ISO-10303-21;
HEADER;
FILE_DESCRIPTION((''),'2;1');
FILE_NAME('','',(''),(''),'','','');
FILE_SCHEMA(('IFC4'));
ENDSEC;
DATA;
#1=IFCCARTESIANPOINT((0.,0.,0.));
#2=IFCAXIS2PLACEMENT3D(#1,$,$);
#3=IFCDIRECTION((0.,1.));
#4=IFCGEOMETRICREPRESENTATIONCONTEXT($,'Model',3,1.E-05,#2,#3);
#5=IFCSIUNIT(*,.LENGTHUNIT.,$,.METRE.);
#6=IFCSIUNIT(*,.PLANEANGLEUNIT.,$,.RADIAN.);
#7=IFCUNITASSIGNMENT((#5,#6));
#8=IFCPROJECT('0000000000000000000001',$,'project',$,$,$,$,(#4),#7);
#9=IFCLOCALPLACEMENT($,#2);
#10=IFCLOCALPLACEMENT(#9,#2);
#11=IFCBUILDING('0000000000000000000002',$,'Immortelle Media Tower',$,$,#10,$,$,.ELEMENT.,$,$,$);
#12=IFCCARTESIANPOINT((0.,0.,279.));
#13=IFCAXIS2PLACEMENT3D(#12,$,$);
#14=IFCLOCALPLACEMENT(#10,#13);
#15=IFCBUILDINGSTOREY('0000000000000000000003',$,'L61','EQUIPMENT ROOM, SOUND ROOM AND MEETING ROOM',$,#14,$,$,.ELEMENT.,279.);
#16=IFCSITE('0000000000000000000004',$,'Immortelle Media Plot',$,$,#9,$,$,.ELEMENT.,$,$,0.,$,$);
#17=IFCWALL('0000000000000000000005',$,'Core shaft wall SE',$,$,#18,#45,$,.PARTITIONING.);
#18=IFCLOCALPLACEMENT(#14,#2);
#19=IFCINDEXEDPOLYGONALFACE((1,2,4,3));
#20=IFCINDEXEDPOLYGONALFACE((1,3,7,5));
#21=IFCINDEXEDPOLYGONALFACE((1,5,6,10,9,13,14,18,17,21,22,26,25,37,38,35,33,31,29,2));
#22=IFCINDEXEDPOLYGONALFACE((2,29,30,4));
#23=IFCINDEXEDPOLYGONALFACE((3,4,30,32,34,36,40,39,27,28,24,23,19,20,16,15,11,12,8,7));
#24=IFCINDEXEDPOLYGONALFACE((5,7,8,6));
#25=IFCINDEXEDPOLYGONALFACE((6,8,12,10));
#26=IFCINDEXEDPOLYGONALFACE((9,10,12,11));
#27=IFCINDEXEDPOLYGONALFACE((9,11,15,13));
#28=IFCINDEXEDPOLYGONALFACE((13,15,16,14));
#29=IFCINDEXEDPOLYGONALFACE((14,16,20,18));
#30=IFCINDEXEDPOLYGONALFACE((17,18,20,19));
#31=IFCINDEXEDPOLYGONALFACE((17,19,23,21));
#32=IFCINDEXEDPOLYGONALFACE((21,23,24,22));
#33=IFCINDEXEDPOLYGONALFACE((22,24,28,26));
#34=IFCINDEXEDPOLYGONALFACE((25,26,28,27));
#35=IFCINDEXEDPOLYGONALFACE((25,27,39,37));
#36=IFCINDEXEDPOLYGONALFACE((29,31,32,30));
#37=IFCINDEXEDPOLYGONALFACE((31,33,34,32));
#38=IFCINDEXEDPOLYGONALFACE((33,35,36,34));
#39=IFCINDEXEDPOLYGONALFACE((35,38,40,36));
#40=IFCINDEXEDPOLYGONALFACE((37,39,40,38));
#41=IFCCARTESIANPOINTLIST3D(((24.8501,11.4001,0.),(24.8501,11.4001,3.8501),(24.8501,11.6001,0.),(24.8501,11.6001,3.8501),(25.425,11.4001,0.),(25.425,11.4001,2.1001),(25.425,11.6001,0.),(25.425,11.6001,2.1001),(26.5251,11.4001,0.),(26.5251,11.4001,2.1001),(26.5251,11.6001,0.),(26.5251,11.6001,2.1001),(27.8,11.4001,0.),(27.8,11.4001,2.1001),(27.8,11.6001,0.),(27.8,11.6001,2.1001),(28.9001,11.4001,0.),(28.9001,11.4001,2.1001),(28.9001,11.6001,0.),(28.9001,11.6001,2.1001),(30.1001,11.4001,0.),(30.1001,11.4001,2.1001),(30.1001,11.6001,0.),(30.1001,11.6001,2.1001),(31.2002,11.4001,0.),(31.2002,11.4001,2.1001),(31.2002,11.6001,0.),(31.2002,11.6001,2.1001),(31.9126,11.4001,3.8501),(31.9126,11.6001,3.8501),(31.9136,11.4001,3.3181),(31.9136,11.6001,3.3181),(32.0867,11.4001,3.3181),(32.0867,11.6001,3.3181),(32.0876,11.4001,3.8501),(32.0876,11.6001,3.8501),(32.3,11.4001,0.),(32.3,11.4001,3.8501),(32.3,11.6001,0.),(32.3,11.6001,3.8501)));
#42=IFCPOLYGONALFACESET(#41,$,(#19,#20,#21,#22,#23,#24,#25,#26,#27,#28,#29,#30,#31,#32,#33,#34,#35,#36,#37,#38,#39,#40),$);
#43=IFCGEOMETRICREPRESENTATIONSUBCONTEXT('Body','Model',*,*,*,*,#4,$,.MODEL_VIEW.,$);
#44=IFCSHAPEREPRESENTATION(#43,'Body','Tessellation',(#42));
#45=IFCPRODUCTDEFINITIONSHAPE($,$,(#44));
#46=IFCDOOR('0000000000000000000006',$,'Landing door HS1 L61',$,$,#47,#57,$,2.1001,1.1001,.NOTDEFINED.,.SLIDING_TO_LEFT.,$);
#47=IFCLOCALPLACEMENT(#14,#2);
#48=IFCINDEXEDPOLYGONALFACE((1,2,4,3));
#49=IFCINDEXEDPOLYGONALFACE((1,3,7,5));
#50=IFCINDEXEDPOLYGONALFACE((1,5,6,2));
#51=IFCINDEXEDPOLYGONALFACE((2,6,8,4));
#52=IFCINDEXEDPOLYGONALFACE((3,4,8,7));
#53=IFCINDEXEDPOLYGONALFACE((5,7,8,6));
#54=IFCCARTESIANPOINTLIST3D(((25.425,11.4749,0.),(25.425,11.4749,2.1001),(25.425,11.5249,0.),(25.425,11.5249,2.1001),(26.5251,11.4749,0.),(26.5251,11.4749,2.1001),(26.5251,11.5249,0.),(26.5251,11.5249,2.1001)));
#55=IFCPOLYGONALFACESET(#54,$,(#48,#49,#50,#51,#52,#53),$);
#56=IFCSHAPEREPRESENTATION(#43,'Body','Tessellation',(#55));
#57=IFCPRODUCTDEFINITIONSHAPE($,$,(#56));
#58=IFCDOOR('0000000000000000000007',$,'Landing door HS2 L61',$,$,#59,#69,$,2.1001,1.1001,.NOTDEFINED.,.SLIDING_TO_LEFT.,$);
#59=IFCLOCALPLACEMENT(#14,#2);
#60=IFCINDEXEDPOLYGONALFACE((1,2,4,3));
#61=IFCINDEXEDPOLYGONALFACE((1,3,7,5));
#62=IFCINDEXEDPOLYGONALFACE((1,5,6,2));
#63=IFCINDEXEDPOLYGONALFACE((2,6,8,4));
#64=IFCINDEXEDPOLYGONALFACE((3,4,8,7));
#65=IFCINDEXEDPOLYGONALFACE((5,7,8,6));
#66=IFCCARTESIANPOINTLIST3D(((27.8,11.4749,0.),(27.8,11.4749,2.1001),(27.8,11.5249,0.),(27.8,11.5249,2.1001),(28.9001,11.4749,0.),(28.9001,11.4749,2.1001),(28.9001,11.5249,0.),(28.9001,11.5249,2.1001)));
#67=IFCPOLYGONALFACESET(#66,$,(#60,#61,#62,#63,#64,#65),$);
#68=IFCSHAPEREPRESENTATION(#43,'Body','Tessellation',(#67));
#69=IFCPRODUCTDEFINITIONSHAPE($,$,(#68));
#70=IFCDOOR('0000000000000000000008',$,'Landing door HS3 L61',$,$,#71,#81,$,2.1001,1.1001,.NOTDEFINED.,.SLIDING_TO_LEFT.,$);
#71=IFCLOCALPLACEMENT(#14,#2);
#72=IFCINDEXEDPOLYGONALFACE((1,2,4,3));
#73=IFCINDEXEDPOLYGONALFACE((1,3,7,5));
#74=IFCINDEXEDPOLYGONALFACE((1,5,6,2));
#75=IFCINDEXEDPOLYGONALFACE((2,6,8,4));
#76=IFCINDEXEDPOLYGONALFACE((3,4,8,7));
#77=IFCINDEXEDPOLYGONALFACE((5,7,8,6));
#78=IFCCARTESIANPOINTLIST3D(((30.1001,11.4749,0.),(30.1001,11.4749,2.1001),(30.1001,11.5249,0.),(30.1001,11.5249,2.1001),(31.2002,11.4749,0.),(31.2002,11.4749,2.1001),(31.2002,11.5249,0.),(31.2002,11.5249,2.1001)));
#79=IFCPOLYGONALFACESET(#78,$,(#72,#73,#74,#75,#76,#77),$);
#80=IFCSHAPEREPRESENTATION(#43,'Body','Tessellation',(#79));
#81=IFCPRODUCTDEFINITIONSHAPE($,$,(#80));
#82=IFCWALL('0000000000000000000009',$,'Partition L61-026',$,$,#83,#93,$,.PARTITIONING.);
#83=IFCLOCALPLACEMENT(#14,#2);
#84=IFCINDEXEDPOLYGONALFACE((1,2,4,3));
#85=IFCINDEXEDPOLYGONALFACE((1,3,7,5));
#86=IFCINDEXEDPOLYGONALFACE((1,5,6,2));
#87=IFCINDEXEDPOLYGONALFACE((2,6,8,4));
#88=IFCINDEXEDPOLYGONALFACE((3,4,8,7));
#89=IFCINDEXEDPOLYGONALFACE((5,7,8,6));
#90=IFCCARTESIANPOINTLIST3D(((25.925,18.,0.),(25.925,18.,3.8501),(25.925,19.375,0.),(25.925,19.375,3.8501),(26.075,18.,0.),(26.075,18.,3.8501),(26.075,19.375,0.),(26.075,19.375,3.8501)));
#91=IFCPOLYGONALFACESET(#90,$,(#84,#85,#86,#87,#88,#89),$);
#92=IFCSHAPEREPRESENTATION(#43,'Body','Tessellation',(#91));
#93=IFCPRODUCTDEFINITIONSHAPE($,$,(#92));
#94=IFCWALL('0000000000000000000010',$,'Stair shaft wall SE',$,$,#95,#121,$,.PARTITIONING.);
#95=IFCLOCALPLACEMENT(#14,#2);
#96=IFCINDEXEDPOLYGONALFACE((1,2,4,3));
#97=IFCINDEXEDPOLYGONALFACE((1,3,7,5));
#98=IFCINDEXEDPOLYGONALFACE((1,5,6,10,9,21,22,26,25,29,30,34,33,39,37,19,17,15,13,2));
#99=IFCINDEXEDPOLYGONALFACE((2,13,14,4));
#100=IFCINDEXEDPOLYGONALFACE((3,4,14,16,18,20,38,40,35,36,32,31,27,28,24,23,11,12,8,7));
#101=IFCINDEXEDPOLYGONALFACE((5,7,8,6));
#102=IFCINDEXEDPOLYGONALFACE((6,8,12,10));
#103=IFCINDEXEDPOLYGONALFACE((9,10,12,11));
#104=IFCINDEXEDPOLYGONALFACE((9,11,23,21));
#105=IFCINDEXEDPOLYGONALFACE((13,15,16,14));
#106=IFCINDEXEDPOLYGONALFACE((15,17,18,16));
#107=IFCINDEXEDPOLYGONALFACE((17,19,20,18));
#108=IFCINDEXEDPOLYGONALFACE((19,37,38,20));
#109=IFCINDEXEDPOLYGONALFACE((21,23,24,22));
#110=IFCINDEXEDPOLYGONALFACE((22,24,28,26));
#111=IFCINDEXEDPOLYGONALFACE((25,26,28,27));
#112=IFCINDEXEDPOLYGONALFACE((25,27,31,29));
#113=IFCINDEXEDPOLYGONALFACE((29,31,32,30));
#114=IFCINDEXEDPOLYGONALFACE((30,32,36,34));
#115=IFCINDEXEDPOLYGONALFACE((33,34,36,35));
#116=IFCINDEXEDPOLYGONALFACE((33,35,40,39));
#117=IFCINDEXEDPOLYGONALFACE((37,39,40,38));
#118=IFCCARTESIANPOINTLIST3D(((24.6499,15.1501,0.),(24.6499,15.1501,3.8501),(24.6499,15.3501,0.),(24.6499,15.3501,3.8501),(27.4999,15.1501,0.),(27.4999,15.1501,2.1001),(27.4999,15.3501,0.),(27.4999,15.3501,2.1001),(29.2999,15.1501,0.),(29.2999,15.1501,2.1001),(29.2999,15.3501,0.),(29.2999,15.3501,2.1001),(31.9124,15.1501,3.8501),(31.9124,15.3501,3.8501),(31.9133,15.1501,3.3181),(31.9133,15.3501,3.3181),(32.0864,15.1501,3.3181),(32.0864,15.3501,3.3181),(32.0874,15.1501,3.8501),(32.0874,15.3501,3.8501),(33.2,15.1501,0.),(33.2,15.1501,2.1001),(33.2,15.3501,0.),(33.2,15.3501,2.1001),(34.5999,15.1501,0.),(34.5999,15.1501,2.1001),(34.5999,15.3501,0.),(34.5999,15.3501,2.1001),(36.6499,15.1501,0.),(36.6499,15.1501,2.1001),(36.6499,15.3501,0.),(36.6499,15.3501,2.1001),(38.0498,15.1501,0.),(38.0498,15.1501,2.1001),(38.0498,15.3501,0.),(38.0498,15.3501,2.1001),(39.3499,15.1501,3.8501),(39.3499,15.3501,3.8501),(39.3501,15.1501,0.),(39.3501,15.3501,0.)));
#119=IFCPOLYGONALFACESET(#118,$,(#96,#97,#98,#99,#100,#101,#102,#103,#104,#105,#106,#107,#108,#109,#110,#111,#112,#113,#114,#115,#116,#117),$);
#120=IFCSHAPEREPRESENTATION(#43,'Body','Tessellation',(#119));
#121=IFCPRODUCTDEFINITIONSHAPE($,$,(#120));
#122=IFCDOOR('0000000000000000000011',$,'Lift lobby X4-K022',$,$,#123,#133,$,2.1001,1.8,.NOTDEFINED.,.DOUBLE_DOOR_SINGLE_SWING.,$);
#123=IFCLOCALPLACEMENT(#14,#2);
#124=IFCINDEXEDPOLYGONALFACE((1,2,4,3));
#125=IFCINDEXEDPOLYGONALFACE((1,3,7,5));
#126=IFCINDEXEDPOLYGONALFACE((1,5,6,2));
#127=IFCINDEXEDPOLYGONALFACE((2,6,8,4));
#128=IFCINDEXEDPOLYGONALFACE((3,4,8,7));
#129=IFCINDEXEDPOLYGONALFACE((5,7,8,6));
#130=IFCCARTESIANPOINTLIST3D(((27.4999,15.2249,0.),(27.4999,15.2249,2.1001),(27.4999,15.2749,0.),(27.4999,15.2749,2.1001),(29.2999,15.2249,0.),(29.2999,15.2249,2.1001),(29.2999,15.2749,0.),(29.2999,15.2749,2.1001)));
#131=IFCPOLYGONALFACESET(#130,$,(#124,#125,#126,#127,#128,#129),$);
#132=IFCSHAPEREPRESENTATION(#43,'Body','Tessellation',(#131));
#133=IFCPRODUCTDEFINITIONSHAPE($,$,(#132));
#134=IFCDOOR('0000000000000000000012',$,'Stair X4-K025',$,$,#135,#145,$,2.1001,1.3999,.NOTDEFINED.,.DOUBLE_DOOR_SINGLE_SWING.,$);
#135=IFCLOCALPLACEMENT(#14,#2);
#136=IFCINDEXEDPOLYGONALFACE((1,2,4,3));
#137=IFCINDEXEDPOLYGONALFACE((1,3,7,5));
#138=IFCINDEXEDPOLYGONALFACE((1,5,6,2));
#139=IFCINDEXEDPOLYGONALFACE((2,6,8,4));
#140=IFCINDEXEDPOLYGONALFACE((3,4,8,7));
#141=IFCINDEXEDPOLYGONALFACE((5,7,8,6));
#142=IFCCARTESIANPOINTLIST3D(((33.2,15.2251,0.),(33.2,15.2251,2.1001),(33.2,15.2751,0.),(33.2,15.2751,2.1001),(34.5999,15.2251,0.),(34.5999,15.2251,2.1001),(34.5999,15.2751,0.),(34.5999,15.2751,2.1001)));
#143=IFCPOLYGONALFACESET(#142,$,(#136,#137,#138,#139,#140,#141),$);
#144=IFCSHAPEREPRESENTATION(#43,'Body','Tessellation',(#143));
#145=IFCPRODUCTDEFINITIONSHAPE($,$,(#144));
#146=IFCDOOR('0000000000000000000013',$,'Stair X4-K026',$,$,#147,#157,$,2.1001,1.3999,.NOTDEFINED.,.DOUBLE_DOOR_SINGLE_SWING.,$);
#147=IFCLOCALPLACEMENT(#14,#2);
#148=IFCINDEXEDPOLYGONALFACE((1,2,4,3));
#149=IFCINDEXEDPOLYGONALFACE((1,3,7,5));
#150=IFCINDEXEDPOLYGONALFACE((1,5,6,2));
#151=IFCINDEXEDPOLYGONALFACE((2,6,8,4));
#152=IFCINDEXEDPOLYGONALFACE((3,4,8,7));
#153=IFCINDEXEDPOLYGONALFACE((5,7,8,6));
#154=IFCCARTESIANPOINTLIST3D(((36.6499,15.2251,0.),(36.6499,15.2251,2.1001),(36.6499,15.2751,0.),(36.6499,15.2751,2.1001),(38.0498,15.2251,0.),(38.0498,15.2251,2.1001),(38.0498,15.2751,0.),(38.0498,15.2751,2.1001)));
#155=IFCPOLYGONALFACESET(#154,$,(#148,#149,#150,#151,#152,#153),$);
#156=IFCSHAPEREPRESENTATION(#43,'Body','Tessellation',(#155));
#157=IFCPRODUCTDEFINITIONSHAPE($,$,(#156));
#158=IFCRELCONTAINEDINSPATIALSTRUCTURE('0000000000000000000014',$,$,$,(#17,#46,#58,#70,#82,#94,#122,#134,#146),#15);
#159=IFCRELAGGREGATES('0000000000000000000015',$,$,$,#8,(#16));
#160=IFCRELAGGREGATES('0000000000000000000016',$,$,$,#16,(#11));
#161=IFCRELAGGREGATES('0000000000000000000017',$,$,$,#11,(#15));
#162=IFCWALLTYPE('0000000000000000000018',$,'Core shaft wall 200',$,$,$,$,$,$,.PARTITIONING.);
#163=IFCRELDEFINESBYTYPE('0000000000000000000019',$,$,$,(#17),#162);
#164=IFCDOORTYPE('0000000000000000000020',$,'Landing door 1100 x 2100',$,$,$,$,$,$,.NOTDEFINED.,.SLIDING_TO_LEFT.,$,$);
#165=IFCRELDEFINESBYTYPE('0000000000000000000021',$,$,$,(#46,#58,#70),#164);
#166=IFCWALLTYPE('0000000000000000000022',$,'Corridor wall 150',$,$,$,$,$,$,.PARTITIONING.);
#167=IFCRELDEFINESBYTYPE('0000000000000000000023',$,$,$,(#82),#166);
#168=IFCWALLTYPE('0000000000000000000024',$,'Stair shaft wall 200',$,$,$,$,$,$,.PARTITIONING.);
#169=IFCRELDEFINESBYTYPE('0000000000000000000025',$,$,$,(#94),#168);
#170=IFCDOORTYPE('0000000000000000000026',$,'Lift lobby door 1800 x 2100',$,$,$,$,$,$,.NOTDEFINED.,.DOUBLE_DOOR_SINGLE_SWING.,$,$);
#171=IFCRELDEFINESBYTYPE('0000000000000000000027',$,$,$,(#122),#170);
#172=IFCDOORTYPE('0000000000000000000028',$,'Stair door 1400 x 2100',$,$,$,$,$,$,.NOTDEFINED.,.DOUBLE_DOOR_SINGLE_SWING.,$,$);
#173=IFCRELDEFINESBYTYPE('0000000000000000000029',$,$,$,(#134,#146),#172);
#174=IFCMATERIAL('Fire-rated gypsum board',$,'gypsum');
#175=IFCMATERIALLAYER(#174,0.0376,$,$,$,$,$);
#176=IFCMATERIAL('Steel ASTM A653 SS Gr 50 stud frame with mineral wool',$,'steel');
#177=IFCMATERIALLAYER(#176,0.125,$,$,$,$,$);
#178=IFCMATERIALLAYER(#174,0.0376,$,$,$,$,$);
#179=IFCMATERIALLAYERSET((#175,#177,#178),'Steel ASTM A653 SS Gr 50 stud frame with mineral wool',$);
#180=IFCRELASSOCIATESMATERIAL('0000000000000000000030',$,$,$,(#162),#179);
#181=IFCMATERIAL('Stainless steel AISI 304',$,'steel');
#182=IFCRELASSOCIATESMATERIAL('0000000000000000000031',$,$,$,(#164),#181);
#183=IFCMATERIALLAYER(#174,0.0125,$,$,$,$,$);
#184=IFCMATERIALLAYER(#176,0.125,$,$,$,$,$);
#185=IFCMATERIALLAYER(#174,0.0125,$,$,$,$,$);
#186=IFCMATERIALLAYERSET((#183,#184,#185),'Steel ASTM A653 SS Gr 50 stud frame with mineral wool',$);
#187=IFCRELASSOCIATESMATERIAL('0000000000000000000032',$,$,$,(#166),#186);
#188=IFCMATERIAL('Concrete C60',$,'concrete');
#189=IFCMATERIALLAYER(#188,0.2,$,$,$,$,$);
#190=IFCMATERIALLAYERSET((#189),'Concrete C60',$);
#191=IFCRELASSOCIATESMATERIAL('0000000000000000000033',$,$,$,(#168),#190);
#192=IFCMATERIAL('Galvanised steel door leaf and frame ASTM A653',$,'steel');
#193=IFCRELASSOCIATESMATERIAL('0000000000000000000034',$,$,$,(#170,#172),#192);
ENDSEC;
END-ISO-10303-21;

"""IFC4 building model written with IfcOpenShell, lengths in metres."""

from ifc_helpers import new_model, si_unit, direction, frame, frame_2d, origin, place, context, subcontext, project, spatial, polyline, rectangle, outline, extrude, material, layer, layer_set, type_object, element, fill, save


model = new_model("IFC4")

# Units and contexts
model_context = context("Model", 3, precision=1e-05, world=origin(), true_north=direction((0.0, 1.0)))
body_context = subcontext(model_context, "Body", "Model", "MODEL_VIEW")
ifc_project = project(units=[si_unit("LENGTHUNIT", "METRE"), si_unit("PLANEANGLEUNIT", "RADIAN")], contexts=[model_context])

# Site, building, storey
site_placement = place(None, origin())
site = spatial("IfcSite", under=ifc_project, at=site_placement, Name="Immortelle Media Plot", CompositionType="ELEMENT", RefElevation=0.0)
building_placement = place(site_placement, origin())
building = spatial("IfcBuilding", under=site, at=building_placement, Name="Immortelle Media Tower", CompositionType="ELEMENT")
storey_placement = place(building_placement, frame((0.0, 0.0, 279.0)))
storey = spatial("IfcBuildingStorey", under=building, at=storey_placement, Name="L61", Description="EQUIPMENT ROOM, SOUND ROOM AND MEETING ROOM", CompositionType="ELEMENT", Elevation=279.0)

# Shared definitions
ifc_material_1 = material(Name="Fire-rated gypsum board", Category="gypsum")
ifc_material_2 = material(Name="Steel ASTM A653 SS Gr 50 stud frame with mineral wool", Category="steel")

# Shared definitions
ifc_material_3 = material(Name="Galvanised steel door leaf and frame ASTM A653", Category="steel")

# Shared definitions
ifc_layer_1 = layer(ifc_material_1, 0.0376)
ifc_layer_2 = layer(ifc_material_2, 0.125)
ifc_layer_3 = layer(ifc_material_1, 0.0376)
ifc_layer_set_1 = layer_set([ifc_layer_1, ifc_layer_2, ifc_layer_3], Name="Steel ASTM A653 SS Gr 50 stud frame with mineral wool")
wall_type_1 = type_object("IfcWallType", Name="Core shaft wall 200", PredefinedType="PARTITIONING", material=ifc_layer_set_1)

# Wall, openings, doors
wall_1_placement = place(storey_placement, frame((24.8501, 11.5, 0.0), z_axis=(0.0, 0.0, 1.0), x_axis=(1.0, 0.0, 0.0)))
wall_1 = element("IfcWall", 1, at=wall_1_placement, inside=storey, type_object=wall_type_1, Name="Core shaft wall SE", PredefinedType="PARTITIONING", context=body_context, shape_type="SweptSolid", body=[
    extrude(outline(polyline([(0.0, 0.0), (7.45, 0.0), (7.45, 3.8501), (7.2375, 3.8501), (7.2366, 3.3181), (7.0635, 3.3181), (7.0625, 3.8501), (0.0, 3.8501), (0.0, 0.0)])), frame((0.0, 0.1001, 0.0), z_axis=(0.0, -1.0, 0.0), x_axis=(1.0, 0.0, 0.0)), (0.0, 0.0, 1.0), 0.2),
])
opening_1_placement = place(wall_1_placement, frame((0.575, 0.0, 0.0)))
opening_1 = element("IfcOpeningElement", 2, at=opening_1_placement, cuts=wall_1, PredefinedType="OPENING", context=body_context, shape_type="SweptSolid", body=[
    extrude(rectangle(XDim=1.1001, YDim=2.1001, at=frame_2d((0.55, 1.05))), frame((0.0, 0.1099, 0.0), z_axis=(0.0, -1.0, 0.0), x_axis=(1.0, 0.0, 0.0)), (0.0, 0.0, 1.0), 0.22),
])
opening_2_placement = place(wall_1_placement, frame((2.95, 0.0, 0.0)))
opening_2 = element("IfcOpeningElement", 3, at=opening_2_placement, cuts=wall_1, PredefinedType="OPENING", context=body_context, shape_type="SweptSolid", body=[
    extrude(rectangle(XDim=1.1001, YDim=2.1001, at=frame_2d((0.55, 1.05))), frame((0.0, 0.1099, 0.0), z_axis=(0.0, -1.0, 0.0), x_axis=(1.0, 0.0, 0.0)), (0.0, 0.0, 1.0), 0.22),
])
opening_3_placement = place(wall_1_placement, frame((5.25, 0.0, 0.0)))
opening_3 = element("IfcOpeningElement", 4, at=opening_3_placement, cuts=wall_1, PredefinedType="OPENING", context=body_context, shape_type="SweptSolid", body=[
    extrude(rectangle(XDim=1.1001, YDim=2.1001, at=frame_2d((0.55, 1.05))), frame((0.0, 0.1099, 0.0), z_axis=(0.0, -1.0, 0.0), x_axis=(1.0, 0.0, 0.0)), (0.0, 0.0, 1.0), 0.22),
])
ifc_material_4 = material(Name="Stainless steel AISI 304", Category="steel")
door_type_1 = type_object("IfcDoorType", Name="Landing door 1100 x 2100", OperationType="SLIDING_TO_LEFT", PredefinedType="NOTDEFINED", material=ifc_material_4)
door_1_placement = place(opening_1_placement, origin())
door_1 = element("IfcDoor", 5, at=door_1_placement, inside=storey, type_object=door_type_1, Name="Landing door HS1 L61", OperationType="SLIDING_TO_LEFT", OverallHeight=2.1001, OverallWidth=1.1001, PredefinedType="NOTDEFINED", context=body_context, shape_type="SweptSolid", body=[
    extrude(rectangle(XDim=1.1001, YDim=2.1001, at=frame_2d((0.55, 1.05))), frame((0.0, 0.0249, 0.0), z_axis=(0.0, -1.0, 0.0), x_axis=(1.0, 0.0, 0.0)), (0.0, 0.0, 1.0), 0.05),
])
fill(opening_1, door_1)
door_2_placement = place(opening_2_placement, origin())
door_2 = element("IfcDoor", 6, at=door_2_placement, inside=storey, type_object=door_type_1, Name="Landing door HS2 L61", OperationType="SLIDING_TO_LEFT", OverallHeight=2.1001, OverallWidth=1.1001, PredefinedType="NOTDEFINED", context=body_context, shape_type="SweptSolid", body=[
    extrude(rectangle(XDim=1.1001, YDim=2.1001, at=frame_2d((0.55, 1.05))), frame((0.0, 0.0249, 0.0), z_axis=(0.0, -1.0, 0.0), x_axis=(1.0, 0.0, 0.0)), (0.0, 0.0, 1.0), 0.05),
])
fill(opening_2, door_2)
door_3_placement = place(opening_3_placement, origin())
door_3 = element("IfcDoor", 7, at=door_3_placement, inside=storey, type_object=door_type_1, Name="Landing door HS3 L61", OperationType="SLIDING_TO_LEFT", OverallHeight=2.1001, OverallWidth=1.1001, PredefinedType="NOTDEFINED", context=body_context, shape_type="SweptSolid", body=[
    extrude(rectangle(XDim=1.1001, YDim=2.1001, at=frame_2d((0.55, 1.05))), frame((0.0, 0.0249, 0.0), z_axis=(0.0, -1.0, 0.0), x_axis=(1.0, 0.0, 0.0)), (0.0, 0.0, 1.0), 0.05),
])
fill(opening_3, door_3)

# Wall
ifc_layer_4 = layer(ifc_material_1, 0.0125)
ifc_layer_5 = layer(ifc_material_2, 0.125)
ifc_layer_6 = layer(ifc_material_1, 0.0125)
ifc_layer_set_2 = layer_set([ifc_layer_4, ifc_layer_5, ifc_layer_6], Name="Steel ASTM A653 SS Gr 50 stud frame with mineral wool")
wall_type_2 = type_object("IfcWallType", Name="Corridor wall 150", PredefinedType="PARTITIONING", material=ifc_layer_set_2)
wall_2_placement = place(storey_placement, frame((26.0, 18.0, 0.0), z_axis=(0.0, 0.0, 1.0), x_axis=(0.0, 1.0, 0.0)))
element("IfcWall", 8, at=wall_2_placement, inside=storey, type_object=wall_type_2, Name="Partition L61-026", PredefinedType="PARTITIONING", context=body_context, shape_type="SweptSolid", body=[
    extrude(rectangle(XDim=1.375, YDim=0.1499, at=frame_2d((0.6875, 0.0))), origin(), (0.0, 0.0, 1.0), 3.8501),
])

# Wall, openings, doors
ifc_material_5 = material(Name="Concrete C60", Category="concrete")
ifc_layer_7 = layer(ifc_material_5, 0.2)
ifc_layer_set_3 = layer_set([ifc_layer_7], Name="Concrete C60")
wall_type_3 = type_object("IfcWallType", Name="Stair shaft wall 200", PredefinedType="PARTITIONING", material=ifc_layer_set_3)
wall_3_placement = place(storey_placement, frame((24.6499, 15.25, 0.0), z_axis=(0.0, 0.0, 1.0), x_axis=(1.0, 0.0, 0.0)))
wall_3 = element("IfcWall", 9, at=wall_3_placement, inside=storey, type_object=wall_type_3, Name="Stair shaft wall SE", PredefinedType="PARTITIONING", context=body_context, shape_type="SweptSolid", body=[
    extrude(outline(polyline([(0.0, 0.0), (14.7002, 0.0), (14.7, 3.8501), (7.4375, 3.8501), (7.4365, 3.3181), (7.2634, 3.3181), (7.2625, 3.8501), (0.0, 3.8501), (0.0, 0.0)])), frame((0.0, 0.1001, 0.0), z_axis=(0.0, -1.0, 0.0), x_axis=(1.0, 0.0, 0.0)), (0.0, 0.0, 1.0), 0.2),
])
opening_4_placement = place(wall_3_placement, frame((2.8501, 0.0, 0.0)))
opening_4 = element("IfcOpeningElement", 10, at=opening_4_placement, cuts=wall_3, PredefinedType="OPENING", context=body_context, shape_type="SweptSolid", body=[
    extrude(rectangle(XDim=1.8, YDim=2.1001, at=frame_2d((0.8999, 1.05))), frame((0.0, 0.1099, 0.0), z_axis=(0.0, -1.0, 0.0), x_axis=(1.0, 0.0, 0.0)), (0.0, 0.0, 1.0), 0.22),
])
opening_5_placement = place(wall_3_placement, frame((9.95, 0.0, 0.0), z_axis=(0.0, 0.0, 1.0), x_axis=(-1.0, 0.0, 0.0)))
opening_5 = element("IfcOpeningElement", 11, at=opening_5_placement, cuts=wall_3, PredefinedType="OPENING", context=body_context, shape_type="SweptSolid", body=[
    extrude(rectangle(XDim=1.3999, YDim=2.1001, at=frame_2d((0.7, 1.05))), frame((0.0, 0.1099, 0.0), z_axis=(0.0, -1.0, 0.0), x_axis=(1.0, 0.0, 0.0)), (0.0, 0.0, 1.0), 0.22),
])
opening_6_placement = place(wall_3_placement, frame((13.3999, 0.0, 0.0), z_axis=(0.0, 0.0, 1.0), x_axis=(-1.0, 0.0, 0.0)))
opening_6 = element("IfcOpeningElement", 12, at=opening_6_placement, cuts=wall_3, PredefinedType="OPENING", context=body_context, shape_type="SweptSolid", body=[
    extrude(rectangle(XDim=1.3999, YDim=2.1001, at=frame_2d((0.7, 1.05))), frame((0.0, 0.1099, 0.0), z_axis=(0.0, -1.0, 0.0), x_axis=(1.0, 0.0, 0.0)), (0.0, 0.0, 1.0), 0.22),
])
door_type_2 = type_object("IfcDoorType", Name="Lift lobby door 1800 x 2100", OperationType="DOUBLE_DOOR_SINGLE_SWING", PredefinedType="NOTDEFINED", material=ifc_material_3)
door_4_placement = place(opening_4_placement, origin())
door_4 = element("IfcDoor", 13, at=door_4_placement, inside=storey, type_object=door_type_2, Name="Lift lobby X4-K022", OperationType="DOUBLE_DOOR_SINGLE_SWING", OverallHeight=2.1001, OverallWidth=1.8, PredefinedType="NOTDEFINED", context=body_context, shape_type="SweptSolid", body=[
    extrude(rectangle(XDim=1.8, YDim=2.1001, at=frame_2d((0.8999, 1.05))), frame((0.0, 0.0249, 0.0), z_axis=(0.0, -1.0, 0.0), x_axis=(1.0, 0.0, 0.0)), (0.0, 0.0, 1.0), 0.05),
])
fill(opening_4, door_4)
door_type_3 = type_object("IfcDoorType", Name="Stair door 1400 x 2100", OperationType="DOUBLE_DOOR_SINGLE_SWING", PredefinedType="NOTDEFINED", material=ifc_material_3)
door_5_placement = place(opening_5_placement, origin())
door_5 = element("IfcDoor", 14, at=door_5_placement, inside=storey, type_object=door_type_3, Name="Stair X4-K025", OperationType="DOUBLE_DOOR_SINGLE_SWING", OverallHeight=2.1001, OverallWidth=1.3999, PredefinedType="NOTDEFINED", context=body_context, shape_type="SweptSolid", body=[
    extrude(rectangle(XDim=1.3999, YDim=2.1001, at=frame_2d((0.7, 1.05))), frame((0.0, 0.0249, 0.0), z_axis=(0.0, -1.0, 0.0), x_axis=(1.0, 0.0, 0.0)), (0.0, 0.0, 1.0), 0.05),
])
fill(opening_5, door_5)
door_6_placement = place(opening_6_placement, origin())
door_6 = element("IfcDoor", 15, at=door_6_placement, inside=storey, type_object=door_type_3, Name="Stair X4-K026", OperationType="DOUBLE_DOOR_SINGLE_SWING", OverallHeight=2.1001, OverallWidth=1.3999, PredefinedType="NOTDEFINED", context=body_context, shape_type="SweptSolid", body=[
    extrude(rectangle(XDim=1.3999, YDim=2.1001, at=frame_2d((0.7, 1.05))), frame((0.0, 0.0249, 0.0), z_axis=(0.0, -1.0, 0.0), x_axis=(1.0, 0.0, 0.0)), (0.0, 0.0, 1.0), 0.05),
])
fill(opening_6, door_6)

save(model, "model.ifc")
